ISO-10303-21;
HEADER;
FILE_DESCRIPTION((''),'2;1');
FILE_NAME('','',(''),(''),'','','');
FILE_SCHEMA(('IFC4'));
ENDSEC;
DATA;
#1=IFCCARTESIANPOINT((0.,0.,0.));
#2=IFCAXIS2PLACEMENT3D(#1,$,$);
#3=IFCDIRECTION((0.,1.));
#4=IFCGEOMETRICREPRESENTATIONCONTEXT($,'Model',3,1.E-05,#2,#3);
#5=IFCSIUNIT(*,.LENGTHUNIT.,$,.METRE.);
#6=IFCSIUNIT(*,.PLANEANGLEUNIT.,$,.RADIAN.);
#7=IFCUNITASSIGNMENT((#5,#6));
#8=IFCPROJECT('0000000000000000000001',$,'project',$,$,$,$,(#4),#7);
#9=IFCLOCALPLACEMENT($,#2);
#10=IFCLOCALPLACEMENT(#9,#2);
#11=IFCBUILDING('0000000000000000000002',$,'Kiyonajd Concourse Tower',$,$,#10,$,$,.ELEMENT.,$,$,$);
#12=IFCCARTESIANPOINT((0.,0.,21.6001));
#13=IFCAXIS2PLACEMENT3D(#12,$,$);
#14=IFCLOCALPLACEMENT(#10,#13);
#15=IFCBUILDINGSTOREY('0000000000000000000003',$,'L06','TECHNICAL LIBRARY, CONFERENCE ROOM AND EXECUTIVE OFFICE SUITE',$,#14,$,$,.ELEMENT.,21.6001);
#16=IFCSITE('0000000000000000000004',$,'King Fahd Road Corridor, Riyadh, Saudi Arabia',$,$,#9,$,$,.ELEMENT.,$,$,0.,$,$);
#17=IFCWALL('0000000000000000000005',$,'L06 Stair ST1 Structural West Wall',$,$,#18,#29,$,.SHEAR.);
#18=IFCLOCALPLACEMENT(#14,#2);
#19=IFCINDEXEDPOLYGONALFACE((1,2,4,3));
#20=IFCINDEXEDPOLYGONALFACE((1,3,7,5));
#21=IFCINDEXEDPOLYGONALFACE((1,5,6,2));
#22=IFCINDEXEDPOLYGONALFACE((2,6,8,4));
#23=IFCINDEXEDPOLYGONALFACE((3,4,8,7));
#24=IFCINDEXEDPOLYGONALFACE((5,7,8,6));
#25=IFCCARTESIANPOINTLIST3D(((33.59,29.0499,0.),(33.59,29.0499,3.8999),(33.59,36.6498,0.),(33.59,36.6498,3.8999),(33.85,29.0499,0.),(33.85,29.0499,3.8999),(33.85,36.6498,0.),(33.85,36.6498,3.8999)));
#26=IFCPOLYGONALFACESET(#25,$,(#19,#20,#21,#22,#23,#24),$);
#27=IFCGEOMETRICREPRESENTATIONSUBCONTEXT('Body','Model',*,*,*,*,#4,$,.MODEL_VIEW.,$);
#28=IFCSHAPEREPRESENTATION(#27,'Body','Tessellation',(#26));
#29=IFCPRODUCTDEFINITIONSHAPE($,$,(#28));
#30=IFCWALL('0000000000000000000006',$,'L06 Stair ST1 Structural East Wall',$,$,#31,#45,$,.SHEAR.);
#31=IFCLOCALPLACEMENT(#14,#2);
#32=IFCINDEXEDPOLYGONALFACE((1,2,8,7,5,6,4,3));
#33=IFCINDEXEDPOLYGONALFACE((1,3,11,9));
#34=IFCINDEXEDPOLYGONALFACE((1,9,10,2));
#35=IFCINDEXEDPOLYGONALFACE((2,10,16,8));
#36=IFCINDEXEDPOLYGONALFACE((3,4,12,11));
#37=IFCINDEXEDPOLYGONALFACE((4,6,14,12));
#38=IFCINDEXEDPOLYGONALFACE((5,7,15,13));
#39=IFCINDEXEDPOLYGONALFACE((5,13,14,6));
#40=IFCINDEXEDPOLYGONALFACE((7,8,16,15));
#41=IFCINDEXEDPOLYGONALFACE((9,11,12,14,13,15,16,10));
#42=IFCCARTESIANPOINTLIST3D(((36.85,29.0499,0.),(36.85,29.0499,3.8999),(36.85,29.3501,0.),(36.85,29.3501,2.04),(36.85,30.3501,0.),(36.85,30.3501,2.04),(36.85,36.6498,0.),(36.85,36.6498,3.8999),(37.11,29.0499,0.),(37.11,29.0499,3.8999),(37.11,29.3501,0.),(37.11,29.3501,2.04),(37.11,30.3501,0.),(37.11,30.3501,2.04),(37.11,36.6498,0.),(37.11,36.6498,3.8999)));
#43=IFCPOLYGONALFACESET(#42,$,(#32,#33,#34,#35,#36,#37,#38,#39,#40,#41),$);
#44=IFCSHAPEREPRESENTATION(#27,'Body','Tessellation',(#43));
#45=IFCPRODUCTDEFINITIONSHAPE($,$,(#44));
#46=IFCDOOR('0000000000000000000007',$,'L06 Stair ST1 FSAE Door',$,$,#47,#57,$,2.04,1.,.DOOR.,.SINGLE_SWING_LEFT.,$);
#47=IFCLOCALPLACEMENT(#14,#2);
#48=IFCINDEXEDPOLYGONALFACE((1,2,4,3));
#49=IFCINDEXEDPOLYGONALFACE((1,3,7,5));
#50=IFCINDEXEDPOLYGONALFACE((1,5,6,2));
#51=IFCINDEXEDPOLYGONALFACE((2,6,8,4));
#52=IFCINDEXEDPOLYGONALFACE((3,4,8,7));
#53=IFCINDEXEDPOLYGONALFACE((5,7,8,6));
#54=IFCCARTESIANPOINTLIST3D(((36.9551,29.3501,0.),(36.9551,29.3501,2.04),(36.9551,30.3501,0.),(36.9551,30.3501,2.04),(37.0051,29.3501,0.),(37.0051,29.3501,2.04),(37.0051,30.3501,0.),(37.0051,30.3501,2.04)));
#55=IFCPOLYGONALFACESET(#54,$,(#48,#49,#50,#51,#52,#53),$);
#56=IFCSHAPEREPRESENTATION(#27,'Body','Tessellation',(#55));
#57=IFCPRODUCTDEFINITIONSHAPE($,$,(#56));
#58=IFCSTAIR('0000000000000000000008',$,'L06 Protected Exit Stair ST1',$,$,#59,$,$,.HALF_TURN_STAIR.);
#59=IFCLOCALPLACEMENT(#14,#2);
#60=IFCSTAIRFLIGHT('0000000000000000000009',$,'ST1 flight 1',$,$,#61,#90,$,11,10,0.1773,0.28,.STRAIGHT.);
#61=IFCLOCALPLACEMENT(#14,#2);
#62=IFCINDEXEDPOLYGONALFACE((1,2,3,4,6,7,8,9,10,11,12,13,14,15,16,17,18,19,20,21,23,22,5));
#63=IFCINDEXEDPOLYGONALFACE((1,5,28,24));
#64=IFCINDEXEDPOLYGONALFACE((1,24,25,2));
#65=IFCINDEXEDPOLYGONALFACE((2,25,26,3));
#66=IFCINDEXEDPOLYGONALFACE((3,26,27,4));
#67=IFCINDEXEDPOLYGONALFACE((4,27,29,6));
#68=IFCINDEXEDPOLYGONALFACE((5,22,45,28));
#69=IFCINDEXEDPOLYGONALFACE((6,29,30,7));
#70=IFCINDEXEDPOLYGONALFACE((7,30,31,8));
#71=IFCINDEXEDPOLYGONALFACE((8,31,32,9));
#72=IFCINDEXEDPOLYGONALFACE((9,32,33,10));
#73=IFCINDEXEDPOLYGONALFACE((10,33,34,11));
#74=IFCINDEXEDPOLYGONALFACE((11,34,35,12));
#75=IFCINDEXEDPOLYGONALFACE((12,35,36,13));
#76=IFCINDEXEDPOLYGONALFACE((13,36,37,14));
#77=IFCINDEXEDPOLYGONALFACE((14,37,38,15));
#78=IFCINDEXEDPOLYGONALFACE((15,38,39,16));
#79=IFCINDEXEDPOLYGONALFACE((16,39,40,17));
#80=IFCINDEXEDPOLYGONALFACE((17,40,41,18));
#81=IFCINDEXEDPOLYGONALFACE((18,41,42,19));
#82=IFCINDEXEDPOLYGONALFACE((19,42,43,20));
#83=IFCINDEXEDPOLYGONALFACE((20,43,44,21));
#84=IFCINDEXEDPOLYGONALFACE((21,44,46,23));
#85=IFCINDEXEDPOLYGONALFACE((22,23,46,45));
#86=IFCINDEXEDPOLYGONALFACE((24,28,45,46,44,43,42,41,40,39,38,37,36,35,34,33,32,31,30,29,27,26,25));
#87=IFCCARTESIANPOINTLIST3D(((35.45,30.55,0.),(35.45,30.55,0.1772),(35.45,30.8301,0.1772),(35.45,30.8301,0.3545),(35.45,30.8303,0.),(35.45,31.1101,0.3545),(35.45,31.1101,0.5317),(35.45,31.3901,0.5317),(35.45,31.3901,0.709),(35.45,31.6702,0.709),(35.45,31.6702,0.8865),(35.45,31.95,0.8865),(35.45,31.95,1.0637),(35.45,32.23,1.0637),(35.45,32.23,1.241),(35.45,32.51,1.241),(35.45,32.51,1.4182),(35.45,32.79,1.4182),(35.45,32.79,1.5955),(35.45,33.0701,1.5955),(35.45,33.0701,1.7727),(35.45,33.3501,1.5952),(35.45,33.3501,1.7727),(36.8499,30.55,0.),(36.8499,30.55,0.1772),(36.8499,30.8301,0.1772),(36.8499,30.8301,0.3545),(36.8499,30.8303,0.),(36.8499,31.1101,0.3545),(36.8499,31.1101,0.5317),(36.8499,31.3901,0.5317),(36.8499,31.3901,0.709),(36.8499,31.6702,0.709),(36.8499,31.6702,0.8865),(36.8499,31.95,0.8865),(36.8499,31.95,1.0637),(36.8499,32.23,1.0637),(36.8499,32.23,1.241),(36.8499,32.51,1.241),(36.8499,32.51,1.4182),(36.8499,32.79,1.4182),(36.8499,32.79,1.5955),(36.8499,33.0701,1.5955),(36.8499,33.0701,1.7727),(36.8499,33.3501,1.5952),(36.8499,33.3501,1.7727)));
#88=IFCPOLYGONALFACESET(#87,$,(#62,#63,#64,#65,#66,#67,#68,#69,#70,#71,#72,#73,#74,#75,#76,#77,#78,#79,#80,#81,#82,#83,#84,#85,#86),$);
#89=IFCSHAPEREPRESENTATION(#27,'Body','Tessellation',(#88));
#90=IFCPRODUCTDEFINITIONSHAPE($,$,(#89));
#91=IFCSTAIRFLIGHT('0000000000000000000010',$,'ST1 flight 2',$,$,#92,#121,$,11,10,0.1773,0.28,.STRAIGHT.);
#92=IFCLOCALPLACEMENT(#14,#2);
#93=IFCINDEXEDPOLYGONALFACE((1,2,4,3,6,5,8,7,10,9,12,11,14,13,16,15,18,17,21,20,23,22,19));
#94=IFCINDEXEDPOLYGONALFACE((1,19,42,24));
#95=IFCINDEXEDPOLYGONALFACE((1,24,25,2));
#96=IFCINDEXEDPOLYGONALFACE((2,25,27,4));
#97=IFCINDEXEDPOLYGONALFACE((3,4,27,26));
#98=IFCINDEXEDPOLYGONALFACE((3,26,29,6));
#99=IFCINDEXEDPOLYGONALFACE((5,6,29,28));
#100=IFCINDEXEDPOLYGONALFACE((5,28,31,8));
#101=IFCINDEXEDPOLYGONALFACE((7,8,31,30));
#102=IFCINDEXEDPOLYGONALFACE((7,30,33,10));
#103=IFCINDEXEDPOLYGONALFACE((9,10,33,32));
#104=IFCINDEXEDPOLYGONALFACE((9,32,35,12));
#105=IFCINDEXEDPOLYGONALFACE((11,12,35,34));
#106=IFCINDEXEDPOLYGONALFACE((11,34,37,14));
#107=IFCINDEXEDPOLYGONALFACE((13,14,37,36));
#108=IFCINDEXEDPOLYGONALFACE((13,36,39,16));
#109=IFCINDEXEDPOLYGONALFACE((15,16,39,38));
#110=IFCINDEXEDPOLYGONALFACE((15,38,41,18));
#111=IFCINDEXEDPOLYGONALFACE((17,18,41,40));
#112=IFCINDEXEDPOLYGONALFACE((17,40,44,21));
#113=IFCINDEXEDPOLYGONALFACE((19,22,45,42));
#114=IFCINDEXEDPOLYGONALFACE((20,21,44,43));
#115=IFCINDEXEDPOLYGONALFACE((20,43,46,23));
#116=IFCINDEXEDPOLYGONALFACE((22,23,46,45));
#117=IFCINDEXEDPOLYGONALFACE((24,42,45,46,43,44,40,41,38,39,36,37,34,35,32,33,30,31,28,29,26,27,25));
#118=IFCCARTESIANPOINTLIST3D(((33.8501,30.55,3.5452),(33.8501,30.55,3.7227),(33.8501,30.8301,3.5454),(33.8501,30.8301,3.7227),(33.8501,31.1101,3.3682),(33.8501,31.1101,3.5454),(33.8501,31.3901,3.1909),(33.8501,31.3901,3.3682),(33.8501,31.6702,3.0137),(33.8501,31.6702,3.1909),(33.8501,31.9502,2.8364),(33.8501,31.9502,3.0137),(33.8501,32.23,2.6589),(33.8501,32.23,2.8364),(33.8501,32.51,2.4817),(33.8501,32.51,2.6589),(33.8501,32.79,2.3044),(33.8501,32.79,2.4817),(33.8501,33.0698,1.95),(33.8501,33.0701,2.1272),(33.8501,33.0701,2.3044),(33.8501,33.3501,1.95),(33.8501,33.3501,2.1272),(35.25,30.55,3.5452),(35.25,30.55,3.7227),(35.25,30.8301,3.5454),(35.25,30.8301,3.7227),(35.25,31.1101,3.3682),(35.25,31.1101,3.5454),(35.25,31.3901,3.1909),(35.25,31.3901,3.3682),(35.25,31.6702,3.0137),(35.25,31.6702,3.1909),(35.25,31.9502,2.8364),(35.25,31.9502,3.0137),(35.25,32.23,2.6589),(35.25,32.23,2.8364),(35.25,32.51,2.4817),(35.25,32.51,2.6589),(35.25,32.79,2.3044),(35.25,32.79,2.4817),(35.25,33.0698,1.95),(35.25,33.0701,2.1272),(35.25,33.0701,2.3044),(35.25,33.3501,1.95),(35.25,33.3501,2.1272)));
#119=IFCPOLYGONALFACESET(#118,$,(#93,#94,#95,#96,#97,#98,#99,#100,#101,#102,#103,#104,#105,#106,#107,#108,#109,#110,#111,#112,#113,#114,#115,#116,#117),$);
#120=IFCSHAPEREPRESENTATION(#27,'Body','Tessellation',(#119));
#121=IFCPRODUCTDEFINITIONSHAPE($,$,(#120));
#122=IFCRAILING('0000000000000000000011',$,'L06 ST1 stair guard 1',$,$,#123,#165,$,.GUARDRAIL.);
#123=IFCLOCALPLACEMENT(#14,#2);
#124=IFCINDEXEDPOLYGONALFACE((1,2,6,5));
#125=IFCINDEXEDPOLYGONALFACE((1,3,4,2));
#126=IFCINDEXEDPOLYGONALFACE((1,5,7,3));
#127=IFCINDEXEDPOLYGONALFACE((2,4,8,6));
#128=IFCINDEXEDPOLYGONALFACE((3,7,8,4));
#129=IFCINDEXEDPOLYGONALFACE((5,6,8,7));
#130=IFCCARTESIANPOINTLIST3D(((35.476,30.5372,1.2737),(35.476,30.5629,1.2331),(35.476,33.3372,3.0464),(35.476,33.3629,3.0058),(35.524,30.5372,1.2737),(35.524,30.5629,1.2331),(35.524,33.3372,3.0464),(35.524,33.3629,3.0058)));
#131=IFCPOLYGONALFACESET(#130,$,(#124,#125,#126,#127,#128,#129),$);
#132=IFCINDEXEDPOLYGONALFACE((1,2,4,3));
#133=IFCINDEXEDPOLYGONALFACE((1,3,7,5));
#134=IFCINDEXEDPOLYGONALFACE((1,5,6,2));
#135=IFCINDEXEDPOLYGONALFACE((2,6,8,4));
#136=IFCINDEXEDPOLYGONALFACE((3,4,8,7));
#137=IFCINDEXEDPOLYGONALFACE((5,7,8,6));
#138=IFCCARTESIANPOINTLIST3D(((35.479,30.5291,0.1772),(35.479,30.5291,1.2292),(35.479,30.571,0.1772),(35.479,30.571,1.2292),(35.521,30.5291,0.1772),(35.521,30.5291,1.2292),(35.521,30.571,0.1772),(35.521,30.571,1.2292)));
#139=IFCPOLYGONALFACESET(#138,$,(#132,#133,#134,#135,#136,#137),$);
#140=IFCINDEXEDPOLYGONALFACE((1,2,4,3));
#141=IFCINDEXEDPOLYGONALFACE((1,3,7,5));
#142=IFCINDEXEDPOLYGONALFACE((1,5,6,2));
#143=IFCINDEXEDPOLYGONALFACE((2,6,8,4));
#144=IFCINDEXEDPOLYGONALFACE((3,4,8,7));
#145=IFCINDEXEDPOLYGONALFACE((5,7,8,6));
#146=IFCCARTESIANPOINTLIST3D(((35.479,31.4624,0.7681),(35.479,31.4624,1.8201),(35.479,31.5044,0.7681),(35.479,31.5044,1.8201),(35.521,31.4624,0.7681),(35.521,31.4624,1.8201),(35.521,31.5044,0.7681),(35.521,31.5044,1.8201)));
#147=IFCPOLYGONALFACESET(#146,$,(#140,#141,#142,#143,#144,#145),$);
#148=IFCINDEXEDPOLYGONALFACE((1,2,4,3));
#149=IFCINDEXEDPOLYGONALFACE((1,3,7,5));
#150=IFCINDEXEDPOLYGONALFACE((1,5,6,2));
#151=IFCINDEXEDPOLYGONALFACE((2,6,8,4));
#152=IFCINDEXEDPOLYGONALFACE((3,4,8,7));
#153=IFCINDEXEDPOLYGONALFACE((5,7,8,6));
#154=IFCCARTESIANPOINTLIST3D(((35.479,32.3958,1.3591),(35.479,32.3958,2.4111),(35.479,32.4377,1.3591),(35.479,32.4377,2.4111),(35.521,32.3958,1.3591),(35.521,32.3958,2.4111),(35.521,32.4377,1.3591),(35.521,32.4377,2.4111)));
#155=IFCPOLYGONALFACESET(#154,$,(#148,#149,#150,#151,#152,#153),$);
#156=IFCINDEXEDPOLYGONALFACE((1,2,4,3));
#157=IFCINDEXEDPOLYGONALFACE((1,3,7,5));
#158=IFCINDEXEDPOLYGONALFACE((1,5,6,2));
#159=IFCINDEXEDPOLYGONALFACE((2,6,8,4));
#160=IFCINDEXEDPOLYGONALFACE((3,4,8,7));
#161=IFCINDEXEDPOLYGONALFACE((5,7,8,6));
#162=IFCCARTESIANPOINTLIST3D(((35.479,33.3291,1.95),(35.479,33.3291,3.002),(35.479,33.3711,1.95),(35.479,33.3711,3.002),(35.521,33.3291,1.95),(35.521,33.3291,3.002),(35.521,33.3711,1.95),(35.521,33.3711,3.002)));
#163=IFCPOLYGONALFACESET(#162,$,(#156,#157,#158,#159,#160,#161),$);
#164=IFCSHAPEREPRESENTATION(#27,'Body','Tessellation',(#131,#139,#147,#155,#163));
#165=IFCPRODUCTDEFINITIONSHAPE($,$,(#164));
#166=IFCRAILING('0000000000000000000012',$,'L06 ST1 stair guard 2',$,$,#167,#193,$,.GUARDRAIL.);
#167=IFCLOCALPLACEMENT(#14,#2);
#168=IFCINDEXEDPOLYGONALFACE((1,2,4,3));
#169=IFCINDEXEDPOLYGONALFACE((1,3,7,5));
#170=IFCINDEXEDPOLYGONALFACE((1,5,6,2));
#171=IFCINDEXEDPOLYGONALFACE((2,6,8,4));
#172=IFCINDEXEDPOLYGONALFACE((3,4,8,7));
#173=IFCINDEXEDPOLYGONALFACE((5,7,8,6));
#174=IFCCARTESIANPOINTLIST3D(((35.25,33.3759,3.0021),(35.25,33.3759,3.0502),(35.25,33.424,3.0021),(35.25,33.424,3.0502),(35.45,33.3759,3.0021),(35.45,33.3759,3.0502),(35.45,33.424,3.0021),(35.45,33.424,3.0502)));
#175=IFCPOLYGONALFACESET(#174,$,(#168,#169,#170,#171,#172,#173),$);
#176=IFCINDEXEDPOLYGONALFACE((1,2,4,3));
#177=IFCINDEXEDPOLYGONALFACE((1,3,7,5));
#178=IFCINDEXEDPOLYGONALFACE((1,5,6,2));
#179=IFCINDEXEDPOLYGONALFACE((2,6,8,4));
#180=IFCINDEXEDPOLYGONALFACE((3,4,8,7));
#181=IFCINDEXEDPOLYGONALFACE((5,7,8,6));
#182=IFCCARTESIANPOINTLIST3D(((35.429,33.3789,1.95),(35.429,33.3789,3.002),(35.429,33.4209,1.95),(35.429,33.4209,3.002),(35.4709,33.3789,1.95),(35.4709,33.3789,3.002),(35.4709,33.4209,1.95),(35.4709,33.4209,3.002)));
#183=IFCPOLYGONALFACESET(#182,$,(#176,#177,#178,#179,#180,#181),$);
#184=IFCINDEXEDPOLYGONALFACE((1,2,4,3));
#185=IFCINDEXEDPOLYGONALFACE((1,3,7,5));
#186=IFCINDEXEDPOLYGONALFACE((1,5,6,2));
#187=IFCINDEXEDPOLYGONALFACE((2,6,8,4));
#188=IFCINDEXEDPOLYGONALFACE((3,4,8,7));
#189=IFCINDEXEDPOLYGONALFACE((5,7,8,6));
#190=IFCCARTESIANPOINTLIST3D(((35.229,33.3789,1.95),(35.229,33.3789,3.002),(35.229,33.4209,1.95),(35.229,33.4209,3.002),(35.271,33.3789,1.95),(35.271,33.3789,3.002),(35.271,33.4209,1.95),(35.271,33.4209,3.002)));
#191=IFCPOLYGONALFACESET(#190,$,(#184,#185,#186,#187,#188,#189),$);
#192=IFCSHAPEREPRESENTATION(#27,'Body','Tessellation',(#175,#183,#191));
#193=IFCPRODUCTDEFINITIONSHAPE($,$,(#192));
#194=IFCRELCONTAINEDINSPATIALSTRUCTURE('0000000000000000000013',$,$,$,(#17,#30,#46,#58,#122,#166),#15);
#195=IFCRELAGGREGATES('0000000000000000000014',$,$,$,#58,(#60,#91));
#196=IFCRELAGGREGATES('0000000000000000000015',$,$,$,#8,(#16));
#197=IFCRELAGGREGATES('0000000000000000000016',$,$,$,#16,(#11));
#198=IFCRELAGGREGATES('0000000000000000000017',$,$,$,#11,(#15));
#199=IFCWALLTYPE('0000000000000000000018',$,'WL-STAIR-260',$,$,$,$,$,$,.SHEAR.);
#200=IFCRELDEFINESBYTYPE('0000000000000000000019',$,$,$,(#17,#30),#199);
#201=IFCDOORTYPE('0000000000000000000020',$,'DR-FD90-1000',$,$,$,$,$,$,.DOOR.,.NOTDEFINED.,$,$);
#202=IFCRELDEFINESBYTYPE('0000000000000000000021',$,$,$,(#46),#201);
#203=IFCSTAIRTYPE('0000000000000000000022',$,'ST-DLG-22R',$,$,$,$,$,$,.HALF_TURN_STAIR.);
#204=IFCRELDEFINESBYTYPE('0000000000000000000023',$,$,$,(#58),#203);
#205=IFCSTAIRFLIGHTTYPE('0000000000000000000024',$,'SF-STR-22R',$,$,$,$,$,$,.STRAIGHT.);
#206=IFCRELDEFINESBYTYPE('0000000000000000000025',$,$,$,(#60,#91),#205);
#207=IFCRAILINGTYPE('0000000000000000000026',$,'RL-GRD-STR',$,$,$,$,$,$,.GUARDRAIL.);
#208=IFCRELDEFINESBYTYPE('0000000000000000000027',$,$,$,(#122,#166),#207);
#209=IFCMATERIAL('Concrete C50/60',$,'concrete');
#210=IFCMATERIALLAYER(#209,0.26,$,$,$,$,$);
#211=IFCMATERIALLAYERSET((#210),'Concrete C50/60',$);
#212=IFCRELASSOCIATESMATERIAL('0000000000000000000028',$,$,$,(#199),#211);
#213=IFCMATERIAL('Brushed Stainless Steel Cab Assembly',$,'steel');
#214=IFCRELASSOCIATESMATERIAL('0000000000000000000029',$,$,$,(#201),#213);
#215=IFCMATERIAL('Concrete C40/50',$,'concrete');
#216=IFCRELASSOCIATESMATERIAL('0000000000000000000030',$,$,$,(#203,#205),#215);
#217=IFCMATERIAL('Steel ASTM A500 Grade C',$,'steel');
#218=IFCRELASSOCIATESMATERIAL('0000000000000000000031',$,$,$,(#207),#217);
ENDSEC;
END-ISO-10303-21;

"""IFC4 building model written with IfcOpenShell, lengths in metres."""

from ifc_helpers import new_model, si_unit, direction, frame, frame_2d, origin, origin_2d, place, context, subcontext, project, spatial, polyline, rectangle, outline, extrude, material, layer, layer_set, type_object, element, fill, aggregate, save


model = new_model("IFC4")

# Units and contexts
model_context = context("Model", 3, precision=1e-05, world=origin(), true_north=direction((0.0, 1.0)))
body_context = subcontext(model_context, "Body", "Model", "MODEL_VIEW")
ifc_project = project(units=[si_unit("LENGTHUNIT", "METRE"), si_unit("PLANEANGLEUNIT", "RADIAN")], contexts=[model_context])

# Site, building, storey
site_placement = place(None, origin())
site = spatial("IfcSite", under=ifc_project, at=site_placement, Name="King Fahd Road Corridor, Riyadh, Saudi Arabia", CompositionType="ELEMENT", RefElevation=0.0)
building_placement = place(site_placement, origin())
building = spatial("IfcBuilding", under=site, at=building_placement, Name="Kiyonajd Concourse Tower", CompositionType="ELEMENT")
storey_placement = place(building_placement, frame((0.0, 0.0, 21.6001)))
storey = spatial("IfcBuildingStorey", under=building, at=storey_placement, Name="L06", Description="TECHNICAL LIBRARY, CONFERENCE ROOM AND EXECUTIVE OFFICE SUITE", CompositionType="ELEMENT", Elevation=21.6001)

# Shared definitions
ifc_material_1 = material(Name="Concrete C50/60", Category="concrete")

# Shared definitions
ifc_material_2 = material(Name="Brushed Stainless Steel Cab Assembly", Category="steel")

# Wall
ifc_layer_1 = layer(ifc_material_1, 0.26)
ifc_layer_set_1 = layer_set([ifc_layer_1], Name="Concrete C50/60")
wall_type_1 = type_object("IfcWallType", Name="WL-STAIR-260", PredefinedType="SHEAR", material=ifc_layer_set_1)
wall_1_placement = place(storey_placement, frame((33.72, 29.05, 0.0), z_axis=(0.0, 0.0, 1.0), x_axis=(0.0, 1.0, 0.0)))
element("IfcWall", 1, at=wall_1_placement, inside=storey, type_object=wall_type_1, Name="L06 Stair ST1 Structural West Wall", PredefinedType="SHEAR", context=body_context, shape_type="SweptSolid", body=[
    extrude(rectangle(XDim=7.5999, YDim=0.26, at=frame_2d((3.7998, 0.0))), origin(), (0.0, 0.0, 1.0), 3.8999),
])

# Wall, opening, door
wall_2_placement = place(storey_placement, frame((36.98, 29.05, 0.0), z_axis=(0.0, 0.0, 1.0), x_axis=(0.0, 1.0, 0.0)))
wall_2 = element("IfcWall", 2, at=wall_2_placement, inside=storey, type_object=wall_type_1, Name="L06 Stair ST1 Structural East Wall", PredefinedType="SHEAR", context=body_context, shape_type="SweptSolid", body=[
    extrude(rectangle(XDim=7.5999, YDim=0.26, at=frame_2d((3.7998, 0.0))), origin(), (0.0, 0.0, 1.0), 3.8999),
])
opening_1_placement = place(wall_2_placement, frame((0.3, 0.0, 0.0)))
opening_1 = element("IfcOpeningElement", 3, at=opening_1_placement, cuts=wall_2, PredefinedType="OPENING", context=body_context, shape_type="SweptSolid", body=[
    extrude(rectangle(XDim=1.0, YDim=2.04, at=frame_2d((0.5, 1.02))), frame((0.0, 0.1399, 0.0), z_axis=(0.0, -1.0, 0.0), x_axis=(1.0, 0.0, 0.0)), (0.0, 0.0, 1.0), 0.28),
])
door_type_1 = type_object("IfcDoorType", Name="DR-FD90-1000", OperationType="NOTDEFINED", PredefinedType="DOOR", material=ifc_material_2)
door_1_placement = place(opening_1_placement, origin())
door_1 = element("IfcDoor", 4, at=door_1_placement, inside=storey, type_object=door_type_1, Name="L06 Stair ST1 FSAE Door", OperationType="SINGLE_SWING_LEFT", OverallHeight=2.04, OverallWidth=1.0, PredefinedType="DOOR", context=body_context, shape_type="SweptSolid", body=[
    extrude(rectangle(XDim=1.0, YDim=2.04, at=frame_2d((0.5, 1.02))), frame((0.0, 0.0249, 0.0), z_axis=(0.0, -1.0, 0.0), x_axis=(1.0, 0.0, 0.0)), (0.0, 0.0, 1.0), 0.05),
])
fill(opening_1, door_1)

# Stair, stair flights
ifc_material_3 = material(Name="Concrete C40/50", Category="concrete")
stair_type = type_object("IfcStairType", Name="ST-DLG-22R", PredefinedType="HALF_TURN_STAIR", material=ifc_material_3)
stair_placement = place(storey_placement, origin())
stair = element("IfcStair", 5, at=stair_placement, inside=storey, type_object=stair_type, Name="L06 Protected Exit Stair ST1", PredefinedType="HALF_TURN_STAIR")
stair_flight_type = type_object("IfcStairFlightType", Name="SF-STR-22R", PredefinedType="STRAIGHT", material=ifc_material_3)
stair_flight_1_placement = place(storey_placement, frame((36.1499, 30.55, 0.0), z_axis=(0.0, 0.0, 1.0), x_axis=(0.0, 1.0, 0.0)))
stair_flight_1 = element("IfcStairFlight", 6, at=stair_flight_1_placement, type_object=stair_flight_type, Name="ST1 flight 1", NumberOfRisers=11, NumberOfTreads=10, PredefinedType="STRAIGHT", RiserHeight=0.1773, TreadLength=0.28, context=body_context, shape_type="SweptSolid", body=[
    extrude(outline(polyline([(0.0, 0.0), (0.0, 0.1772), (0.28, 0.1772), (0.28, 0.3545), (0.5601, 0.3545), (0.5601, 0.5317), (0.8401, 0.5317), (0.8401, 0.709), (1.1201, 0.709), (1.1201, 0.8865), (1.3999, 0.8865), (1.3999, 1.0637), (1.6799, 1.0637), (1.6799, 1.241), (1.96, 1.241), (1.96, 1.4182), (2.24, 1.4182), (2.24, 1.5955), (2.52, 1.5955), (2.52, 1.7727), (2.8, 1.7727), (2.8, 1.95), (2.8, 1.5952), (0.2803, 0.0), (0.0, 0.0)])), frame((0.0, 0.7, 0.0), z_axis=(0.0, -1.0, 0.0), x_axis=(1.0, 0.0, 0.0)), (0.0, 0.0, 1.0), 1.3999),
])
stair_flight_2_placement = place(storey_placement, frame((34.55, 33.3501, 1.95), z_axis=(0.0, 0.0, 1.0), x_axis=(0.0, -1.0, 0.0)))
stair_flight_2 = element("IfcStairFlight", 7, at=stair_flight_2_placement, type_object=stair_flight_type, Name="ST1 flight 2", NumberOfRisers=11, NumberOfTreads=10, PredefinedType="STRAIGHT", RiserHeight=0.1773, TreadLength=0.28, context=body_context, shape_type="SweptSolid", body=[
    extrude(outline(polyline([(0.0, 0.0), (0.0, 0.1772), (0.28, 0.1772), (0.28, 0.3545), (0.5601, 0.3545), (0.5601, 0.5317), (0.8401, 0.5317), (0.8401, 0.709), (1.1201, 0.709), (1.1201, 0.8865), (1.3999, 0.8865), (1.3999, 1.0637), (1.6799, 1.0637), (1.6799, 1.241), (1.96, 1.241), (1.96, 1.4182), (2.24, 1.4182), (2.24, 1.5955), (2.52, 1.5955), (2.52, 1.7727), (2.8, 1.7727), (2.8, 1.95), (2.8, 1.5952), (0.2803, 0.0), (0.0, 0.0)])), frame((0.0, 0.7, 0.0), z_axis=(0.0, -1.0, 0.0), x_axis=(1.0, 0.0, 0.0)), (0.0, 0.0, 1.0), 1.3999),
])
aggregate(stair, [stair_flight_1, stair_flight_2])

# Railings
ifc_material_4 = material(Name="Steel ASTM A500 Grade C", Category="steel")
railing_type_1 = type_object("IfcRailingType", Name="RL-GRD-STR", PredefinedType="GUARDRAIL", material=ifc_material_4)
railing_1_placement = place(storey_placement, frame((35.5, 30.55, 0.1772)))
element("IfcRailing", 8, at=railing_1_placement, inside=storey, type_object=railing_type_1, Name="L06 ST1 stair guard 1", PredefinedType="GUARDRAIL", context=body_context, shape_type="SweptSolid", body=[
    extrude(rectangle(XDim=0.0481, YDim=0.0481, at=origin_2d()), frame((0.0, 0.0, 1.0762), z_axis=(0.0, 0.844909, 0.53491), x_axis=(-1.0, 0.0, 0.0)), (0.0, 0.0, 1.0), 3.314),
    extrude(rectangle(XDim=0.042, YDim=0.042, at=origin_2d()), origin(), (0.0, 0.0, 1.0), 1.052),
    extrude(rectangle(XDim=0.042, YDim=0.042, at=origin_2d()), frame((0.0, 0.9333, 0.5908)), (0.0, 0.0, 1.0), 1.052),
    extrude(rectangle(XDim=0.042, YDim=0.042, at=origin_2d()), frame((0.0, 1.8667, 1.1819)), (0.0, 0.0, 1.0), 1.052),
    extrude(rectangle(XDim=0.042, YDim=0.042, at=origin_2d()), frame((0.0, 2.8, 1.7727)), (0.0, 0.0, 1.0), 1.052),
])
railing_2_placement = place(storey_placement, frame((35.45, 33.3999, 1.95)))
element("IfcRailing", 9, at=railing_2_placement, inside=storey, type_object=railing_type_1, Name="L06 ST1 stair guard 2", PredefinedType="GUARDRAIL", context=body_context, shape_type="SweptSolid", body=[
    extrude(rectangle(XDim=0.0481, YDim=0.0481, at=origin_2d()), frame((0.0, 0.0, 1.0762), z_axis=(-1.0, 0.0, 0.0), x_axis=(0.0, -1.0, 0.0)), (0.0, 0.0, 1.0), 0.2),
    extrude(rectangle(XDim=0.042, YDim=0.042, at=origin_2d()), origin(), (0.0, 0.0, 1.0), 1.052),
    extrude(rectangle(XDim=0.042, YDim=0.042, at=origin_2d()), frame((-0.2, 0.0, 0.0)), (0.0, 0.0, 1.0), 1.052),
])

save(model, "model.ifc")
